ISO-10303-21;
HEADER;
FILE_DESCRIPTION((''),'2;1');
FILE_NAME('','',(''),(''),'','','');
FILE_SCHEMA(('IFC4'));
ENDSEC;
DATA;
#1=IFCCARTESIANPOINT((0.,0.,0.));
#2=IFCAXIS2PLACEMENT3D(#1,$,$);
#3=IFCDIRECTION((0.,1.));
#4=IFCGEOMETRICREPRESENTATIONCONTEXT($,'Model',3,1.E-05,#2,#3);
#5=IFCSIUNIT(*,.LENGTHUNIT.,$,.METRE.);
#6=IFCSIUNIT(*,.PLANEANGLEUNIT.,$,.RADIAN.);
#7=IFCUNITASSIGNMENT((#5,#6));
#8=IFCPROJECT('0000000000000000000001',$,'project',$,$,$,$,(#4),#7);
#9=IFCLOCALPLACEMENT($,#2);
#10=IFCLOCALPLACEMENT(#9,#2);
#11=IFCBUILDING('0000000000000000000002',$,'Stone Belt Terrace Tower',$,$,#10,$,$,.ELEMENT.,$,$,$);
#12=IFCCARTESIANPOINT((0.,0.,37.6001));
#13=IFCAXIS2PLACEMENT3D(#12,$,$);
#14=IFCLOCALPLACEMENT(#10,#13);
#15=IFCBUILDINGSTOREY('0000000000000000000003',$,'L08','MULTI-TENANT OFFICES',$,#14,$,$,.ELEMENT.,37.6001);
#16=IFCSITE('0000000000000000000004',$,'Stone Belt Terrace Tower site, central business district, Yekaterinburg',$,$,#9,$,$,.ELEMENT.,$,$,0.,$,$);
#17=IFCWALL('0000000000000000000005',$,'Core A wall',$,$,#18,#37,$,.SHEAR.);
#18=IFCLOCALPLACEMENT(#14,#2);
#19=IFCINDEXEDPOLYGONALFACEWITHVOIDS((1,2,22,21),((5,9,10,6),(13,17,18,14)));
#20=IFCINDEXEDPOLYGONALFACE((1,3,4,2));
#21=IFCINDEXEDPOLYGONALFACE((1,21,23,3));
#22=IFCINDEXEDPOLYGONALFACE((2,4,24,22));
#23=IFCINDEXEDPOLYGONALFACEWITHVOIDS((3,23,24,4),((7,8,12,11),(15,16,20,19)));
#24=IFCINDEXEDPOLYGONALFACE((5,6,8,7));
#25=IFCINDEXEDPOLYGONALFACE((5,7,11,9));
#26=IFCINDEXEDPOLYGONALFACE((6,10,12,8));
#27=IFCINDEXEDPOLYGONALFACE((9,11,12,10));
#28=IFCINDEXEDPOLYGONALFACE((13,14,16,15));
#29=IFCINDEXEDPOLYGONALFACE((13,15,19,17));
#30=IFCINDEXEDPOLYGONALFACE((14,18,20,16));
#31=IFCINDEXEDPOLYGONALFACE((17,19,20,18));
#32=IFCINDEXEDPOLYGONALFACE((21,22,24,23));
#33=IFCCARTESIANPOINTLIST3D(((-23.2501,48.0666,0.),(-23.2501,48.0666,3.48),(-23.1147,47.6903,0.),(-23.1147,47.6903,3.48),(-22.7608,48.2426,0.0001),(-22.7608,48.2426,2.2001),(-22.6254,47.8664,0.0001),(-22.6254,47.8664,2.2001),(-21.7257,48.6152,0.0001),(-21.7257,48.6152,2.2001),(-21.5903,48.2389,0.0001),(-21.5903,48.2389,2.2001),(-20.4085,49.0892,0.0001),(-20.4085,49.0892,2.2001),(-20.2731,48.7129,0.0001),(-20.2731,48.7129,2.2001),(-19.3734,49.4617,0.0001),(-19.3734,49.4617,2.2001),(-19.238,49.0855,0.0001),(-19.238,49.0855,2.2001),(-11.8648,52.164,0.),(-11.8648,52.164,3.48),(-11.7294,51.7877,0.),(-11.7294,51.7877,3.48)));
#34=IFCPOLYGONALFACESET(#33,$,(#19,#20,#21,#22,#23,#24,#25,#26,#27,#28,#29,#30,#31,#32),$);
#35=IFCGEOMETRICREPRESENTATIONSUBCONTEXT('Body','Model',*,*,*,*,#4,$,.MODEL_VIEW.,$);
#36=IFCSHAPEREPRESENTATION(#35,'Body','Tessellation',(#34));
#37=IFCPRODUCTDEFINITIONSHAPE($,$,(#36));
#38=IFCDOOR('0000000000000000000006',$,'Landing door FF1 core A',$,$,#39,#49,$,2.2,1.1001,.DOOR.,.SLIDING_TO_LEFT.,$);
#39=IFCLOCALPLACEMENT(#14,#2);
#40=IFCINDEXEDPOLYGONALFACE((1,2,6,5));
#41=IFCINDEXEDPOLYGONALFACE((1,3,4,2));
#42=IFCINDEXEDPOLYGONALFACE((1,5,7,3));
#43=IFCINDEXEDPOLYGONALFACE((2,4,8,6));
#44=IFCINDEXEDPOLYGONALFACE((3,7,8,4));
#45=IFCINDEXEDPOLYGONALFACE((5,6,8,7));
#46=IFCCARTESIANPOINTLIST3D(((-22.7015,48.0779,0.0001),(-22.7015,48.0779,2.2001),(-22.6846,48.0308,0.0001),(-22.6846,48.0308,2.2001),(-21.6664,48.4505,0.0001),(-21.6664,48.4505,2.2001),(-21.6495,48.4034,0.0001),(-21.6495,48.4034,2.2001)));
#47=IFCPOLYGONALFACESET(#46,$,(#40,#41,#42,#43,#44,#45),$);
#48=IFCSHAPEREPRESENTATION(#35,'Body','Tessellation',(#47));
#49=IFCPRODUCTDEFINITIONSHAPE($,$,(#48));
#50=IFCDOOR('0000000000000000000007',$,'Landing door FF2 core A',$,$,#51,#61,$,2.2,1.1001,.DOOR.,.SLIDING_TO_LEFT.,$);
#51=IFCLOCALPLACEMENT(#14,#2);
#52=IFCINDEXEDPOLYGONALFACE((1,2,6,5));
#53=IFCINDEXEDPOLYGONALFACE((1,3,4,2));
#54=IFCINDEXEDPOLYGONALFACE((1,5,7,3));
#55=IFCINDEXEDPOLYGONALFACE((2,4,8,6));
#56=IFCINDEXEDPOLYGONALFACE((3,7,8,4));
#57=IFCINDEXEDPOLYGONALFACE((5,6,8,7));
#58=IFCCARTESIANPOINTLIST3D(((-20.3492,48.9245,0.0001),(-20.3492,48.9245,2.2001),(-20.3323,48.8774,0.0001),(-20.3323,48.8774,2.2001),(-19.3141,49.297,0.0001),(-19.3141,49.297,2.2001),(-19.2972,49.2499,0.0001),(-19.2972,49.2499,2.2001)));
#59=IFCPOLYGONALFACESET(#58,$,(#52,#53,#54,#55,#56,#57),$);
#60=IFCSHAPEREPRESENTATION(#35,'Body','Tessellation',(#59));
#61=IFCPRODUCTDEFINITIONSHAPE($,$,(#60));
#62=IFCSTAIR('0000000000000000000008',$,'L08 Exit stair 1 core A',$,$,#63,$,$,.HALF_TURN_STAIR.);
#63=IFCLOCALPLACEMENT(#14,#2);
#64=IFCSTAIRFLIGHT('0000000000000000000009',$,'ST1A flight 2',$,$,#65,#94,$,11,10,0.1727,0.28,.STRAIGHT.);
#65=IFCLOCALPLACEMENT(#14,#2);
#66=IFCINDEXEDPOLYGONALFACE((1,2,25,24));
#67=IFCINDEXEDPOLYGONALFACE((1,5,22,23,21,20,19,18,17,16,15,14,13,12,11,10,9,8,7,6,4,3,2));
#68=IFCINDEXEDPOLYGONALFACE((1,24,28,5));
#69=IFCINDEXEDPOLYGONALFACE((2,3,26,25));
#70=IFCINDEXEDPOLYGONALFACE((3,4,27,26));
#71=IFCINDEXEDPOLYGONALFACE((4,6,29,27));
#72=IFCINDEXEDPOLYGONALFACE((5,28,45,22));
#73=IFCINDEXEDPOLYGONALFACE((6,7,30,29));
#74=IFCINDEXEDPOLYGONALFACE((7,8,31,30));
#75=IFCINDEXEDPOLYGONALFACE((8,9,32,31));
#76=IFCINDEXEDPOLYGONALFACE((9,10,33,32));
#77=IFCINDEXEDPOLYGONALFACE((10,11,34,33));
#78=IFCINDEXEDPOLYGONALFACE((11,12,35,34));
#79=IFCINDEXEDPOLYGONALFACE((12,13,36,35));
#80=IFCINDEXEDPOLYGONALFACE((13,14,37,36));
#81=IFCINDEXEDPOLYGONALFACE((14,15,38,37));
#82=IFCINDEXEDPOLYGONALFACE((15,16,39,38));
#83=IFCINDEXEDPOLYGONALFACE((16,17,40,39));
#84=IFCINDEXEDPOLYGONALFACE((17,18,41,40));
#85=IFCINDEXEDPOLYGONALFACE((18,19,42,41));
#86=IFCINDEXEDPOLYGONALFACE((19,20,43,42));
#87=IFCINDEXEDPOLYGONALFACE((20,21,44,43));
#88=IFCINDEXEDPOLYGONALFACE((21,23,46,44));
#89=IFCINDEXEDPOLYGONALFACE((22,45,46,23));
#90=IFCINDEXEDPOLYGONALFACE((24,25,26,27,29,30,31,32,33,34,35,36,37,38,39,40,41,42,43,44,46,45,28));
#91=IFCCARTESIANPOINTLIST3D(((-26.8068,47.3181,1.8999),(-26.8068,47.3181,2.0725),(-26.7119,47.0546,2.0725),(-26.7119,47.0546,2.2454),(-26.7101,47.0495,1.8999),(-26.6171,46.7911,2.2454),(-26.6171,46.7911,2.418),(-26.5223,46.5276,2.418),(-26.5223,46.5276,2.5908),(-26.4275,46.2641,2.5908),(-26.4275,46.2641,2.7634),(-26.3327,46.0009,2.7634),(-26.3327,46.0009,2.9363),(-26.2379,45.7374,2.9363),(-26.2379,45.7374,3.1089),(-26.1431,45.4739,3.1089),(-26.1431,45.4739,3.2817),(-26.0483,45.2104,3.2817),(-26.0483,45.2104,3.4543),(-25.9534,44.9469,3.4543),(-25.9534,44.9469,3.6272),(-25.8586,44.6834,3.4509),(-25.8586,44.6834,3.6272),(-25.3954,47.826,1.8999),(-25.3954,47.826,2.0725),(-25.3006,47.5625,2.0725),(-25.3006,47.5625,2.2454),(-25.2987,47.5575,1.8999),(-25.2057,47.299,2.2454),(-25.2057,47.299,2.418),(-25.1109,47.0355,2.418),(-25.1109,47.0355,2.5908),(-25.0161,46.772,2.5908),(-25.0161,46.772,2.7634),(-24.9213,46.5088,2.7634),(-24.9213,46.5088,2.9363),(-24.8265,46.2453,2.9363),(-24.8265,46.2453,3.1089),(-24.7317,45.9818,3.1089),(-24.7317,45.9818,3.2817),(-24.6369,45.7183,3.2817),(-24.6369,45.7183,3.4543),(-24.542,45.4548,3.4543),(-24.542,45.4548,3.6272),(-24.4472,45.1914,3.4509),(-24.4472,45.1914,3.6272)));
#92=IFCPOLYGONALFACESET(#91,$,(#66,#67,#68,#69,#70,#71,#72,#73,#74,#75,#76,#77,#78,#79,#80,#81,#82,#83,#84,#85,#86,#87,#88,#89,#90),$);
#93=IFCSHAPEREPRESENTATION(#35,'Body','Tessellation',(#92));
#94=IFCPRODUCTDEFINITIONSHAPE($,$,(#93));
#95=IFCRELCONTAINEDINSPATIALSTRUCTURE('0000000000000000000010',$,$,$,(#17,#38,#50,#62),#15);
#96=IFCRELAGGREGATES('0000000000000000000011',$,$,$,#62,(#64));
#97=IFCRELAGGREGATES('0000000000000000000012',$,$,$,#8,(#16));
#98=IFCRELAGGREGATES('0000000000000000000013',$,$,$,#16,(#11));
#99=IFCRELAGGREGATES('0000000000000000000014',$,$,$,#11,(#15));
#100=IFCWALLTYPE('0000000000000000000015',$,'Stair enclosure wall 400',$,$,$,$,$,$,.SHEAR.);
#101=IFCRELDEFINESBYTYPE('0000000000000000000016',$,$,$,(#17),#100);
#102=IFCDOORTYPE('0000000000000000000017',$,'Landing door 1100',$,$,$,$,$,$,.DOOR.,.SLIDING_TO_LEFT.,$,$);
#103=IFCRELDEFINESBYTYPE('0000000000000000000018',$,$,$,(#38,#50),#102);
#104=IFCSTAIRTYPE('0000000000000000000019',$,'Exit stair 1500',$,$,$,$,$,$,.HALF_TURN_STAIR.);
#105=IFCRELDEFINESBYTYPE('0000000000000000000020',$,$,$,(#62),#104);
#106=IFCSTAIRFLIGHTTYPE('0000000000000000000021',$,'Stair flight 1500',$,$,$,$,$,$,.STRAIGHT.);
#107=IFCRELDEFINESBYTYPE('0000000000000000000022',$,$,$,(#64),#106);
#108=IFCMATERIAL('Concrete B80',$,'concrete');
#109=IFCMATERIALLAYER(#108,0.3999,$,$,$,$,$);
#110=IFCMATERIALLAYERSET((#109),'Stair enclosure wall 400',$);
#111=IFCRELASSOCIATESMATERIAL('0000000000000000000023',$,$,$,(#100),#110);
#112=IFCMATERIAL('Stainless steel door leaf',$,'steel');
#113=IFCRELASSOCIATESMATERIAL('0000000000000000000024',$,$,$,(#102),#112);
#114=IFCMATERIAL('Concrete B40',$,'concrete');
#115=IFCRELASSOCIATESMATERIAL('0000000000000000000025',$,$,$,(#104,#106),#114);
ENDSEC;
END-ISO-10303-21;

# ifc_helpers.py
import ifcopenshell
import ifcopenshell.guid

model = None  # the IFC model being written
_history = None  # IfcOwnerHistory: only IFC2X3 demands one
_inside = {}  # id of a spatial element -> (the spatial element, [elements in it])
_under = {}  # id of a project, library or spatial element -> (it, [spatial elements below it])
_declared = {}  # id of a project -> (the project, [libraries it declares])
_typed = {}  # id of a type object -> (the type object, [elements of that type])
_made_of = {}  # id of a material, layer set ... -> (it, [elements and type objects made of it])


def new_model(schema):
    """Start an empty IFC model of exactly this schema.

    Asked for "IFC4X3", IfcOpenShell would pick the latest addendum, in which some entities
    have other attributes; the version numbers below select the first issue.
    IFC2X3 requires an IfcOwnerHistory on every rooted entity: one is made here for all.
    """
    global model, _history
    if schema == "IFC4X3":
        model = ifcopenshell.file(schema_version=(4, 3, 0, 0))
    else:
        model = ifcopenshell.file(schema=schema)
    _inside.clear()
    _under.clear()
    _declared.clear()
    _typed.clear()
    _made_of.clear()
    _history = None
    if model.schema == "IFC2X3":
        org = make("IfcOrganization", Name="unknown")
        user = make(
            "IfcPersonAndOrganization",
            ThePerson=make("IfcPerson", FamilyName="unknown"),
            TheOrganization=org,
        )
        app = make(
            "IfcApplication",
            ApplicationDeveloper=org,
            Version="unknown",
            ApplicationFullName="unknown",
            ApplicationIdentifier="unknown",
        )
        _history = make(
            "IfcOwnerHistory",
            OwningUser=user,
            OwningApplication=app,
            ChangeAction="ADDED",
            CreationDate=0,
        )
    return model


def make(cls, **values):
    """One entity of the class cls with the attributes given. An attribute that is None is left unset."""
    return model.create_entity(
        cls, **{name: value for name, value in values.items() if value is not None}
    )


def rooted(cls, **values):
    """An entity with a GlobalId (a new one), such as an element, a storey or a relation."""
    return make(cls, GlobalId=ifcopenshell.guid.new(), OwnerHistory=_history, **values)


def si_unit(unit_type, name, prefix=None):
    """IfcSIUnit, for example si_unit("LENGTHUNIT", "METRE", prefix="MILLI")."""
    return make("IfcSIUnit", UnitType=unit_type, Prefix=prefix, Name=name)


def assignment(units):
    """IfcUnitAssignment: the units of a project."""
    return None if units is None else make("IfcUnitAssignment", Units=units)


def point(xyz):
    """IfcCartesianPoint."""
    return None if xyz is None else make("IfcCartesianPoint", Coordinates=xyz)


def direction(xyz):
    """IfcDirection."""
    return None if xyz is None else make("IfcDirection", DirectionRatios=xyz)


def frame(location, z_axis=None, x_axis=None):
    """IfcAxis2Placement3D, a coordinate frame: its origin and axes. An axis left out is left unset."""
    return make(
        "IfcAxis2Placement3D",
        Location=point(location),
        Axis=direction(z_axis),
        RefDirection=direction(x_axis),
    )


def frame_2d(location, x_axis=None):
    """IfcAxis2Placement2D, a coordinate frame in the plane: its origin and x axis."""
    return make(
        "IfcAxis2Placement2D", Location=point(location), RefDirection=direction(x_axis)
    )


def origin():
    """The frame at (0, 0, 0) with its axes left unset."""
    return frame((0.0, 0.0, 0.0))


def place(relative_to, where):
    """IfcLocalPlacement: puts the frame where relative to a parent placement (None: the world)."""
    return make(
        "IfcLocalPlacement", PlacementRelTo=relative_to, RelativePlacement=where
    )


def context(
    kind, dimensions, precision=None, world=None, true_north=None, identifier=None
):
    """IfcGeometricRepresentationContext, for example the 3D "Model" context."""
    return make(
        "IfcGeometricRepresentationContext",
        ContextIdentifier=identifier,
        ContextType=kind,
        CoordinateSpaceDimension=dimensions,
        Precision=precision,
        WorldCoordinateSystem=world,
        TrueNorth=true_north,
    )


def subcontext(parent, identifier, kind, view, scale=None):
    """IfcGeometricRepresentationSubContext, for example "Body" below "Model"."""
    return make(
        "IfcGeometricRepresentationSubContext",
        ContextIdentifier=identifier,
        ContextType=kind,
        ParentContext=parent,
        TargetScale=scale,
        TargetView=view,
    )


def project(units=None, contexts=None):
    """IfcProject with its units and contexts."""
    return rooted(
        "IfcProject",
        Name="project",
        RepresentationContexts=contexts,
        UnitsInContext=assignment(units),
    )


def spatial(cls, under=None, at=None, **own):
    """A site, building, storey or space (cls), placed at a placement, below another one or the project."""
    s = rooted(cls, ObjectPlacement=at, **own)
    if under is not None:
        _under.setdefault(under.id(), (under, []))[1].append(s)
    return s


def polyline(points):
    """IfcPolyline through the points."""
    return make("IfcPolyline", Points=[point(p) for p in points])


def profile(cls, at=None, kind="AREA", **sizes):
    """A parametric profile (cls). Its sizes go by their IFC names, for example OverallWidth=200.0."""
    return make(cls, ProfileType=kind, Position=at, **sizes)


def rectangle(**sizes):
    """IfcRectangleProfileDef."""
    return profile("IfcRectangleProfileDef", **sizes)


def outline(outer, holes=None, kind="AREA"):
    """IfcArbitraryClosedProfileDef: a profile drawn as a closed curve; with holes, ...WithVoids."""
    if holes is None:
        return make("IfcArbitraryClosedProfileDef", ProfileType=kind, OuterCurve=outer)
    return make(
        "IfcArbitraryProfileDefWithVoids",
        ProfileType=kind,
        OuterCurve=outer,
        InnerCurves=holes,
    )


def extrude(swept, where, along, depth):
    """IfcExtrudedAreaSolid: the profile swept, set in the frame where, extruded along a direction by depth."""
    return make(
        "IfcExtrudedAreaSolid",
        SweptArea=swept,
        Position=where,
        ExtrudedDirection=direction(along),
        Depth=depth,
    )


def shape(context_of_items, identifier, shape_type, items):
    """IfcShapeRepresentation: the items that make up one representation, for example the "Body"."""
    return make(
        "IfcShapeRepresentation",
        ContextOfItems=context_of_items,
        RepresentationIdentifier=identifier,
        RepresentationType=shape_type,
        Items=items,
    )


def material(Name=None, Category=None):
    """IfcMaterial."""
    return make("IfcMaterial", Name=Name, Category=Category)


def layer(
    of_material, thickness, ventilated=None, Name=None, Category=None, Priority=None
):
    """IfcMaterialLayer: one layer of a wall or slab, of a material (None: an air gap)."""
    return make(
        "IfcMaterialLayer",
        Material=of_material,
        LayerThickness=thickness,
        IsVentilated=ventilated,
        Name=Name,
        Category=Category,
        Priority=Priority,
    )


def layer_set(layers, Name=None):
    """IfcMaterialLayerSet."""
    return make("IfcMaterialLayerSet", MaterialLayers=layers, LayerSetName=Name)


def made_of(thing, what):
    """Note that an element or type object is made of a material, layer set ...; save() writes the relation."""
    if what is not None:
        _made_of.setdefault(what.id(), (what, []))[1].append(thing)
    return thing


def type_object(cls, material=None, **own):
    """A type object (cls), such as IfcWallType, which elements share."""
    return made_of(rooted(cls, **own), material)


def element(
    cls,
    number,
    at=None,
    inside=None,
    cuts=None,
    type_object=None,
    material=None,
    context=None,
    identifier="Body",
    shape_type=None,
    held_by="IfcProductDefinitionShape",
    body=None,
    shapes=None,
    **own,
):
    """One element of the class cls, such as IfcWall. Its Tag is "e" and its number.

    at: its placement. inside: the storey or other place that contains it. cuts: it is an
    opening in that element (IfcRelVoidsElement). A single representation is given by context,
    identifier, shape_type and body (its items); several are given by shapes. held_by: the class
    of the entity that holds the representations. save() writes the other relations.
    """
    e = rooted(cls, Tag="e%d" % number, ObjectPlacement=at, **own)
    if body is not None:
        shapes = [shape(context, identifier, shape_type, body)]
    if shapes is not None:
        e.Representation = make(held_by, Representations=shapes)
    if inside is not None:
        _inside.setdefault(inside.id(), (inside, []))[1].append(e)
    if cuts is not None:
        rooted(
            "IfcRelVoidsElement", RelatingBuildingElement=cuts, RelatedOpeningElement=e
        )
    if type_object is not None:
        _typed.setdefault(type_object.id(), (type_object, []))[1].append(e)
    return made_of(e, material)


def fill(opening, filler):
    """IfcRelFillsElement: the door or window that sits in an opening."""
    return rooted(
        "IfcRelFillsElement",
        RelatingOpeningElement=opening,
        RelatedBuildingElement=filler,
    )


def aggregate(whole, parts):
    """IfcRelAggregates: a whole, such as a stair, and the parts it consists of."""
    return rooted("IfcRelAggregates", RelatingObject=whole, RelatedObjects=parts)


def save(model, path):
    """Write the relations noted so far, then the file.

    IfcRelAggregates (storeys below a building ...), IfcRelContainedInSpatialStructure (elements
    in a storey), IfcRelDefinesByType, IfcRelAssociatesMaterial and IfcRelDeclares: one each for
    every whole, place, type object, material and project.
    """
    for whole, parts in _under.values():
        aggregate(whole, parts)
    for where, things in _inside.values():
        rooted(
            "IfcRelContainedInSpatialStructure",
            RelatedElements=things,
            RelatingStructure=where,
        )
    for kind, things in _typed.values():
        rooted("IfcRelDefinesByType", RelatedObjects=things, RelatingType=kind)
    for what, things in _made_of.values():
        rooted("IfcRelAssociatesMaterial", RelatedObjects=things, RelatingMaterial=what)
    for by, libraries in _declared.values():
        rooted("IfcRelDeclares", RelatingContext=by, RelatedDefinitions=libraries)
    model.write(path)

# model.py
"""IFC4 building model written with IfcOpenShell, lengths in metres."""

from ifc_helpers import new_model, si_unit, direction, frame, frame_2d, origin, place, context, subcontext, project, spatial, polyline, rectangle, outline, extrude, material, layer, layer_set, type_object, element, fill, aggregate, save


model = new_model("IFC4")

# Units and contexts
model_context = context("Model", 3, precision=1e-05, world=origin(), true_north=direction((0.0, 1.0)))
body_context = subcontext(model_context, "Body", "Model", "MODEL_VIEW")
ifc_project = project(units=[si_unit("LENGTHUNIT", "METRE"), si_unit("PLANEANGLEUNIT", "RADIAN")], contexts=[model_context])

# Site, building, storey
site_placement = place(None, origin())
site = spatial("IfcSite", under=ifc_project, at=site_placement, Name="Stone Belt Terrace Tower site, central business district, Yekaterinburg", CompositionType="ELEMENT", RefElevation=0.0)
building_placement = place(site_placement, origin())
building = spatial("IfcBuilding", under=site, at=building_placement, Name="Stone Belt Terrace Tower", CompositionType="ELEMENT")
storey_placement = place(building_placement, frame((0.0, 0.0, 37.6001)))
storey = spatial("IfcBuildingStorey", under=building, at=storey_placement, Name="L08", Description="MULTI-TENANT OFFICES", CompositionType="ELEMENT", Elevation=37.6001)

# Shared definitions
ifc_material_1 = material(Name="Concrete B80", Category="concrete")

# Shared definitions
ifc_material_2 = material(Name="Stainless steel door leaf", Category="steel")

# Shared definitions
ifc_layer_1 = layer(ifc_material_1, 0.3999)
ifc_layer_set_1 = layer_set([ifc_layer_1], Name="Stair enclosure wall 400")
wall_type_1 = type_object("IfcWallType", Name="Stair enclosure wall 400", PredefinedType="SHEAR", material=ifc_layer_set_1)

# Wall, openings, doors
wall_1_placement = place(storey_placement, frame((-23.1824, 47.8784, 0.0), z_axis=(0.0, 0.0, 1.0), x_axis=(0.940921, 0.338626, 0.0)))
wall_1 = element("IfcWall", 1, at=wall_1_placement, inside=storey, type_object=wall_type_1, Name="Core A wall", PredefinedType="SHEAR", context=body_context, shape_type="SweptSolid", body=[
    extrude(rectangle(XDim=12.1001, YDim=0.3999, at=frame_2d((6.05, 0.0))), origin(), (0.0, 0.0, 1.0), 3.48),
])
opening_1_placement = place(wall_1_placement, frame((0.52, 0.0, 0.0)))
opening_1 = element("IfcOpeningElement", 2, at=opening_1_placement, cuts=wall_1, PredefinedType="OPENING", context=body_context, shape_type="SweptSolid", body=[
    extrude(rectangle(XDim=1.1001, YDim=2.2, at=frame_2d((0.55, 1.1001))), frame((0.0, 0.21, 0.0), z_axis=(0.0, -1.0, 0.0), x_axis=(1.0, 0.0, 0.0)), (0.0, 0.0, 1.0), 0.4199),
])
opening_2_placement = place(wall_1_placement, frame((3.02, 0.0, 0.0)))
opening_2 = element("IfcOpeningElement", 3, at=opening_2_placement, cuts=wall_1, PredefinedType="OPENING", context=body_context, shape_type="SweptSolid", body=[
    extrude(rectangle(XDim=1.1001, YDim=2.2, at=frame_2d((0.55, 1.1001))), frame((0.0, 0.21, 0.0), z_axis=(0.0, -1.0, 0.0), x_axis=(1.0, 0.0, 0.0)), (0.0, 0.0, 1.0), 0.4199),
])
door_type_1 = type_object("IfcDoorType", Name="Landing door 1100", OperationType="SLIDING_TO_LEFT", PredefinedType="DOOR", material=ifc_material_2)
door_1_placement = place(opening_1_placement, origin())
door_1 = element("IfcDoor", 4, at=door_1_placement, inside=storey, type_object=door_type_1, Name="Landing door FF1 core A", OperationType="SLIDING_TO_LEFT", OverallHeight=2.2, OverallWidth=1.1001, PredefinedType="DOOR", context=body_context, shape_type="SweptSolid", body=[
    extrude(rectangle(XDim=1.1001, YDim=2.2, at=frame_2d((0.55, 1.1001))), frame((0.0, 0.0249, 0.0), z_axis=(0.0, -1.0, 0.0), x_axis=(1.0, 0.0, 0.0)), (0.0, 0.0, 1.0), 0.05),
])
fill(opening_1, door_1)
door_2_placement = place(opening_2_placement, origin())
door_2 = element("IfcDoor", 5, at=door_2_placement, inside=storey, type_object=door_type_1, Name="Landing door FF2 core A", OperationType="SLIDING_TO_LEFT", OverallHeight=2.2, OverallWidth=1.1001, PredefinedType="DOOR", context=body_context, shape_type="SweptSolid", body=[
    extrude(rectangle(XDim=1.1001, YDim=2.2, at=frame_2d((0.55, 1.1001))), frame((0.0, 0.0249, 0.0), z_axis=(0.0, -1.0, 0.0), x_axis=(1.0, 0.0, 0.0)), (0.0, 0.0, 1.0), 0.05),
])
fill(opening_2, door_2)

# Stair, stair flight
ifc_material_3 = material(Name="Concrete B40", Category="concrete")
stair_type = type_object("IfcStairType", Name="Exit stair 1500", PredefinedType="HALF_TURN_STAIR", material=ifc_material_3)
stair_placement = place(storey_placement, origin())
stair = element("IfcStair", 6, at=stair_placement, inside=storey, type_object=stair_type, Name="L08 Exit stair 1 core A", PredefinedType="HALF_TURN_STAIR")
stair_flight_type = type_object("IfcStairFlightType", Name="Stair flight 1500", PredefinedType="STRAIGHT", material=ifc_material_3)
stair_flight_placement = place(storey_placement, frame((-26.1011, 47.572, 1.8999), z_axis=(0.0, 0.0, 1.0), x_axis=(0.338624, -0.940922, 0.0)))
stair_flight = element("IfcStairFlight", 7, at=stair_flight_placement, type_object=stair_flight_type, Name="ST1A flight 2", NumberOfRisers=11, NumberOfTreads=10, PredefinedType="STRAIGHT", RiserHeight=0.1727, TreadLength=0.28, context=body_context, shape_type="SweptSolid", body=[
    extrude(outline(polyline([(0.0, 0.0), (0.0, 0.1726), (0.28, 0.1726), (0.28, 0.3455), (0.5601, 0.3455), (0.5601, 0.5181), (0.8401, 0.5181), (0.8401, 0.6909), (1.1201, 0.6909), (1.1201, 0.8635), (1.3999, 0.8635), (1.3999, 1.0364), (1.6799, 1.0364), (1.6799, 1.209), (1.96, 1.209), (1.96, 1.3818), (2.24, 1.3818), (2.24, 1.5544), (2.52, 1.5544), (2.52, 1.7273), (2.8, 1.7273), (2.8, 1.8999), (2.8, 1.551), (0.2854, 0.0), (0.0, 0.0)])), frame((0.0, 0.75, 0.0), z_axis=(0.0, -1.0, 0.0), x_axis=(1.0, 0.0, 0.0)), (0.0, 0.0, 1.0), 1.5),
])
aggregate(stair, [stair_flight])

save(model, "model.ifc")
